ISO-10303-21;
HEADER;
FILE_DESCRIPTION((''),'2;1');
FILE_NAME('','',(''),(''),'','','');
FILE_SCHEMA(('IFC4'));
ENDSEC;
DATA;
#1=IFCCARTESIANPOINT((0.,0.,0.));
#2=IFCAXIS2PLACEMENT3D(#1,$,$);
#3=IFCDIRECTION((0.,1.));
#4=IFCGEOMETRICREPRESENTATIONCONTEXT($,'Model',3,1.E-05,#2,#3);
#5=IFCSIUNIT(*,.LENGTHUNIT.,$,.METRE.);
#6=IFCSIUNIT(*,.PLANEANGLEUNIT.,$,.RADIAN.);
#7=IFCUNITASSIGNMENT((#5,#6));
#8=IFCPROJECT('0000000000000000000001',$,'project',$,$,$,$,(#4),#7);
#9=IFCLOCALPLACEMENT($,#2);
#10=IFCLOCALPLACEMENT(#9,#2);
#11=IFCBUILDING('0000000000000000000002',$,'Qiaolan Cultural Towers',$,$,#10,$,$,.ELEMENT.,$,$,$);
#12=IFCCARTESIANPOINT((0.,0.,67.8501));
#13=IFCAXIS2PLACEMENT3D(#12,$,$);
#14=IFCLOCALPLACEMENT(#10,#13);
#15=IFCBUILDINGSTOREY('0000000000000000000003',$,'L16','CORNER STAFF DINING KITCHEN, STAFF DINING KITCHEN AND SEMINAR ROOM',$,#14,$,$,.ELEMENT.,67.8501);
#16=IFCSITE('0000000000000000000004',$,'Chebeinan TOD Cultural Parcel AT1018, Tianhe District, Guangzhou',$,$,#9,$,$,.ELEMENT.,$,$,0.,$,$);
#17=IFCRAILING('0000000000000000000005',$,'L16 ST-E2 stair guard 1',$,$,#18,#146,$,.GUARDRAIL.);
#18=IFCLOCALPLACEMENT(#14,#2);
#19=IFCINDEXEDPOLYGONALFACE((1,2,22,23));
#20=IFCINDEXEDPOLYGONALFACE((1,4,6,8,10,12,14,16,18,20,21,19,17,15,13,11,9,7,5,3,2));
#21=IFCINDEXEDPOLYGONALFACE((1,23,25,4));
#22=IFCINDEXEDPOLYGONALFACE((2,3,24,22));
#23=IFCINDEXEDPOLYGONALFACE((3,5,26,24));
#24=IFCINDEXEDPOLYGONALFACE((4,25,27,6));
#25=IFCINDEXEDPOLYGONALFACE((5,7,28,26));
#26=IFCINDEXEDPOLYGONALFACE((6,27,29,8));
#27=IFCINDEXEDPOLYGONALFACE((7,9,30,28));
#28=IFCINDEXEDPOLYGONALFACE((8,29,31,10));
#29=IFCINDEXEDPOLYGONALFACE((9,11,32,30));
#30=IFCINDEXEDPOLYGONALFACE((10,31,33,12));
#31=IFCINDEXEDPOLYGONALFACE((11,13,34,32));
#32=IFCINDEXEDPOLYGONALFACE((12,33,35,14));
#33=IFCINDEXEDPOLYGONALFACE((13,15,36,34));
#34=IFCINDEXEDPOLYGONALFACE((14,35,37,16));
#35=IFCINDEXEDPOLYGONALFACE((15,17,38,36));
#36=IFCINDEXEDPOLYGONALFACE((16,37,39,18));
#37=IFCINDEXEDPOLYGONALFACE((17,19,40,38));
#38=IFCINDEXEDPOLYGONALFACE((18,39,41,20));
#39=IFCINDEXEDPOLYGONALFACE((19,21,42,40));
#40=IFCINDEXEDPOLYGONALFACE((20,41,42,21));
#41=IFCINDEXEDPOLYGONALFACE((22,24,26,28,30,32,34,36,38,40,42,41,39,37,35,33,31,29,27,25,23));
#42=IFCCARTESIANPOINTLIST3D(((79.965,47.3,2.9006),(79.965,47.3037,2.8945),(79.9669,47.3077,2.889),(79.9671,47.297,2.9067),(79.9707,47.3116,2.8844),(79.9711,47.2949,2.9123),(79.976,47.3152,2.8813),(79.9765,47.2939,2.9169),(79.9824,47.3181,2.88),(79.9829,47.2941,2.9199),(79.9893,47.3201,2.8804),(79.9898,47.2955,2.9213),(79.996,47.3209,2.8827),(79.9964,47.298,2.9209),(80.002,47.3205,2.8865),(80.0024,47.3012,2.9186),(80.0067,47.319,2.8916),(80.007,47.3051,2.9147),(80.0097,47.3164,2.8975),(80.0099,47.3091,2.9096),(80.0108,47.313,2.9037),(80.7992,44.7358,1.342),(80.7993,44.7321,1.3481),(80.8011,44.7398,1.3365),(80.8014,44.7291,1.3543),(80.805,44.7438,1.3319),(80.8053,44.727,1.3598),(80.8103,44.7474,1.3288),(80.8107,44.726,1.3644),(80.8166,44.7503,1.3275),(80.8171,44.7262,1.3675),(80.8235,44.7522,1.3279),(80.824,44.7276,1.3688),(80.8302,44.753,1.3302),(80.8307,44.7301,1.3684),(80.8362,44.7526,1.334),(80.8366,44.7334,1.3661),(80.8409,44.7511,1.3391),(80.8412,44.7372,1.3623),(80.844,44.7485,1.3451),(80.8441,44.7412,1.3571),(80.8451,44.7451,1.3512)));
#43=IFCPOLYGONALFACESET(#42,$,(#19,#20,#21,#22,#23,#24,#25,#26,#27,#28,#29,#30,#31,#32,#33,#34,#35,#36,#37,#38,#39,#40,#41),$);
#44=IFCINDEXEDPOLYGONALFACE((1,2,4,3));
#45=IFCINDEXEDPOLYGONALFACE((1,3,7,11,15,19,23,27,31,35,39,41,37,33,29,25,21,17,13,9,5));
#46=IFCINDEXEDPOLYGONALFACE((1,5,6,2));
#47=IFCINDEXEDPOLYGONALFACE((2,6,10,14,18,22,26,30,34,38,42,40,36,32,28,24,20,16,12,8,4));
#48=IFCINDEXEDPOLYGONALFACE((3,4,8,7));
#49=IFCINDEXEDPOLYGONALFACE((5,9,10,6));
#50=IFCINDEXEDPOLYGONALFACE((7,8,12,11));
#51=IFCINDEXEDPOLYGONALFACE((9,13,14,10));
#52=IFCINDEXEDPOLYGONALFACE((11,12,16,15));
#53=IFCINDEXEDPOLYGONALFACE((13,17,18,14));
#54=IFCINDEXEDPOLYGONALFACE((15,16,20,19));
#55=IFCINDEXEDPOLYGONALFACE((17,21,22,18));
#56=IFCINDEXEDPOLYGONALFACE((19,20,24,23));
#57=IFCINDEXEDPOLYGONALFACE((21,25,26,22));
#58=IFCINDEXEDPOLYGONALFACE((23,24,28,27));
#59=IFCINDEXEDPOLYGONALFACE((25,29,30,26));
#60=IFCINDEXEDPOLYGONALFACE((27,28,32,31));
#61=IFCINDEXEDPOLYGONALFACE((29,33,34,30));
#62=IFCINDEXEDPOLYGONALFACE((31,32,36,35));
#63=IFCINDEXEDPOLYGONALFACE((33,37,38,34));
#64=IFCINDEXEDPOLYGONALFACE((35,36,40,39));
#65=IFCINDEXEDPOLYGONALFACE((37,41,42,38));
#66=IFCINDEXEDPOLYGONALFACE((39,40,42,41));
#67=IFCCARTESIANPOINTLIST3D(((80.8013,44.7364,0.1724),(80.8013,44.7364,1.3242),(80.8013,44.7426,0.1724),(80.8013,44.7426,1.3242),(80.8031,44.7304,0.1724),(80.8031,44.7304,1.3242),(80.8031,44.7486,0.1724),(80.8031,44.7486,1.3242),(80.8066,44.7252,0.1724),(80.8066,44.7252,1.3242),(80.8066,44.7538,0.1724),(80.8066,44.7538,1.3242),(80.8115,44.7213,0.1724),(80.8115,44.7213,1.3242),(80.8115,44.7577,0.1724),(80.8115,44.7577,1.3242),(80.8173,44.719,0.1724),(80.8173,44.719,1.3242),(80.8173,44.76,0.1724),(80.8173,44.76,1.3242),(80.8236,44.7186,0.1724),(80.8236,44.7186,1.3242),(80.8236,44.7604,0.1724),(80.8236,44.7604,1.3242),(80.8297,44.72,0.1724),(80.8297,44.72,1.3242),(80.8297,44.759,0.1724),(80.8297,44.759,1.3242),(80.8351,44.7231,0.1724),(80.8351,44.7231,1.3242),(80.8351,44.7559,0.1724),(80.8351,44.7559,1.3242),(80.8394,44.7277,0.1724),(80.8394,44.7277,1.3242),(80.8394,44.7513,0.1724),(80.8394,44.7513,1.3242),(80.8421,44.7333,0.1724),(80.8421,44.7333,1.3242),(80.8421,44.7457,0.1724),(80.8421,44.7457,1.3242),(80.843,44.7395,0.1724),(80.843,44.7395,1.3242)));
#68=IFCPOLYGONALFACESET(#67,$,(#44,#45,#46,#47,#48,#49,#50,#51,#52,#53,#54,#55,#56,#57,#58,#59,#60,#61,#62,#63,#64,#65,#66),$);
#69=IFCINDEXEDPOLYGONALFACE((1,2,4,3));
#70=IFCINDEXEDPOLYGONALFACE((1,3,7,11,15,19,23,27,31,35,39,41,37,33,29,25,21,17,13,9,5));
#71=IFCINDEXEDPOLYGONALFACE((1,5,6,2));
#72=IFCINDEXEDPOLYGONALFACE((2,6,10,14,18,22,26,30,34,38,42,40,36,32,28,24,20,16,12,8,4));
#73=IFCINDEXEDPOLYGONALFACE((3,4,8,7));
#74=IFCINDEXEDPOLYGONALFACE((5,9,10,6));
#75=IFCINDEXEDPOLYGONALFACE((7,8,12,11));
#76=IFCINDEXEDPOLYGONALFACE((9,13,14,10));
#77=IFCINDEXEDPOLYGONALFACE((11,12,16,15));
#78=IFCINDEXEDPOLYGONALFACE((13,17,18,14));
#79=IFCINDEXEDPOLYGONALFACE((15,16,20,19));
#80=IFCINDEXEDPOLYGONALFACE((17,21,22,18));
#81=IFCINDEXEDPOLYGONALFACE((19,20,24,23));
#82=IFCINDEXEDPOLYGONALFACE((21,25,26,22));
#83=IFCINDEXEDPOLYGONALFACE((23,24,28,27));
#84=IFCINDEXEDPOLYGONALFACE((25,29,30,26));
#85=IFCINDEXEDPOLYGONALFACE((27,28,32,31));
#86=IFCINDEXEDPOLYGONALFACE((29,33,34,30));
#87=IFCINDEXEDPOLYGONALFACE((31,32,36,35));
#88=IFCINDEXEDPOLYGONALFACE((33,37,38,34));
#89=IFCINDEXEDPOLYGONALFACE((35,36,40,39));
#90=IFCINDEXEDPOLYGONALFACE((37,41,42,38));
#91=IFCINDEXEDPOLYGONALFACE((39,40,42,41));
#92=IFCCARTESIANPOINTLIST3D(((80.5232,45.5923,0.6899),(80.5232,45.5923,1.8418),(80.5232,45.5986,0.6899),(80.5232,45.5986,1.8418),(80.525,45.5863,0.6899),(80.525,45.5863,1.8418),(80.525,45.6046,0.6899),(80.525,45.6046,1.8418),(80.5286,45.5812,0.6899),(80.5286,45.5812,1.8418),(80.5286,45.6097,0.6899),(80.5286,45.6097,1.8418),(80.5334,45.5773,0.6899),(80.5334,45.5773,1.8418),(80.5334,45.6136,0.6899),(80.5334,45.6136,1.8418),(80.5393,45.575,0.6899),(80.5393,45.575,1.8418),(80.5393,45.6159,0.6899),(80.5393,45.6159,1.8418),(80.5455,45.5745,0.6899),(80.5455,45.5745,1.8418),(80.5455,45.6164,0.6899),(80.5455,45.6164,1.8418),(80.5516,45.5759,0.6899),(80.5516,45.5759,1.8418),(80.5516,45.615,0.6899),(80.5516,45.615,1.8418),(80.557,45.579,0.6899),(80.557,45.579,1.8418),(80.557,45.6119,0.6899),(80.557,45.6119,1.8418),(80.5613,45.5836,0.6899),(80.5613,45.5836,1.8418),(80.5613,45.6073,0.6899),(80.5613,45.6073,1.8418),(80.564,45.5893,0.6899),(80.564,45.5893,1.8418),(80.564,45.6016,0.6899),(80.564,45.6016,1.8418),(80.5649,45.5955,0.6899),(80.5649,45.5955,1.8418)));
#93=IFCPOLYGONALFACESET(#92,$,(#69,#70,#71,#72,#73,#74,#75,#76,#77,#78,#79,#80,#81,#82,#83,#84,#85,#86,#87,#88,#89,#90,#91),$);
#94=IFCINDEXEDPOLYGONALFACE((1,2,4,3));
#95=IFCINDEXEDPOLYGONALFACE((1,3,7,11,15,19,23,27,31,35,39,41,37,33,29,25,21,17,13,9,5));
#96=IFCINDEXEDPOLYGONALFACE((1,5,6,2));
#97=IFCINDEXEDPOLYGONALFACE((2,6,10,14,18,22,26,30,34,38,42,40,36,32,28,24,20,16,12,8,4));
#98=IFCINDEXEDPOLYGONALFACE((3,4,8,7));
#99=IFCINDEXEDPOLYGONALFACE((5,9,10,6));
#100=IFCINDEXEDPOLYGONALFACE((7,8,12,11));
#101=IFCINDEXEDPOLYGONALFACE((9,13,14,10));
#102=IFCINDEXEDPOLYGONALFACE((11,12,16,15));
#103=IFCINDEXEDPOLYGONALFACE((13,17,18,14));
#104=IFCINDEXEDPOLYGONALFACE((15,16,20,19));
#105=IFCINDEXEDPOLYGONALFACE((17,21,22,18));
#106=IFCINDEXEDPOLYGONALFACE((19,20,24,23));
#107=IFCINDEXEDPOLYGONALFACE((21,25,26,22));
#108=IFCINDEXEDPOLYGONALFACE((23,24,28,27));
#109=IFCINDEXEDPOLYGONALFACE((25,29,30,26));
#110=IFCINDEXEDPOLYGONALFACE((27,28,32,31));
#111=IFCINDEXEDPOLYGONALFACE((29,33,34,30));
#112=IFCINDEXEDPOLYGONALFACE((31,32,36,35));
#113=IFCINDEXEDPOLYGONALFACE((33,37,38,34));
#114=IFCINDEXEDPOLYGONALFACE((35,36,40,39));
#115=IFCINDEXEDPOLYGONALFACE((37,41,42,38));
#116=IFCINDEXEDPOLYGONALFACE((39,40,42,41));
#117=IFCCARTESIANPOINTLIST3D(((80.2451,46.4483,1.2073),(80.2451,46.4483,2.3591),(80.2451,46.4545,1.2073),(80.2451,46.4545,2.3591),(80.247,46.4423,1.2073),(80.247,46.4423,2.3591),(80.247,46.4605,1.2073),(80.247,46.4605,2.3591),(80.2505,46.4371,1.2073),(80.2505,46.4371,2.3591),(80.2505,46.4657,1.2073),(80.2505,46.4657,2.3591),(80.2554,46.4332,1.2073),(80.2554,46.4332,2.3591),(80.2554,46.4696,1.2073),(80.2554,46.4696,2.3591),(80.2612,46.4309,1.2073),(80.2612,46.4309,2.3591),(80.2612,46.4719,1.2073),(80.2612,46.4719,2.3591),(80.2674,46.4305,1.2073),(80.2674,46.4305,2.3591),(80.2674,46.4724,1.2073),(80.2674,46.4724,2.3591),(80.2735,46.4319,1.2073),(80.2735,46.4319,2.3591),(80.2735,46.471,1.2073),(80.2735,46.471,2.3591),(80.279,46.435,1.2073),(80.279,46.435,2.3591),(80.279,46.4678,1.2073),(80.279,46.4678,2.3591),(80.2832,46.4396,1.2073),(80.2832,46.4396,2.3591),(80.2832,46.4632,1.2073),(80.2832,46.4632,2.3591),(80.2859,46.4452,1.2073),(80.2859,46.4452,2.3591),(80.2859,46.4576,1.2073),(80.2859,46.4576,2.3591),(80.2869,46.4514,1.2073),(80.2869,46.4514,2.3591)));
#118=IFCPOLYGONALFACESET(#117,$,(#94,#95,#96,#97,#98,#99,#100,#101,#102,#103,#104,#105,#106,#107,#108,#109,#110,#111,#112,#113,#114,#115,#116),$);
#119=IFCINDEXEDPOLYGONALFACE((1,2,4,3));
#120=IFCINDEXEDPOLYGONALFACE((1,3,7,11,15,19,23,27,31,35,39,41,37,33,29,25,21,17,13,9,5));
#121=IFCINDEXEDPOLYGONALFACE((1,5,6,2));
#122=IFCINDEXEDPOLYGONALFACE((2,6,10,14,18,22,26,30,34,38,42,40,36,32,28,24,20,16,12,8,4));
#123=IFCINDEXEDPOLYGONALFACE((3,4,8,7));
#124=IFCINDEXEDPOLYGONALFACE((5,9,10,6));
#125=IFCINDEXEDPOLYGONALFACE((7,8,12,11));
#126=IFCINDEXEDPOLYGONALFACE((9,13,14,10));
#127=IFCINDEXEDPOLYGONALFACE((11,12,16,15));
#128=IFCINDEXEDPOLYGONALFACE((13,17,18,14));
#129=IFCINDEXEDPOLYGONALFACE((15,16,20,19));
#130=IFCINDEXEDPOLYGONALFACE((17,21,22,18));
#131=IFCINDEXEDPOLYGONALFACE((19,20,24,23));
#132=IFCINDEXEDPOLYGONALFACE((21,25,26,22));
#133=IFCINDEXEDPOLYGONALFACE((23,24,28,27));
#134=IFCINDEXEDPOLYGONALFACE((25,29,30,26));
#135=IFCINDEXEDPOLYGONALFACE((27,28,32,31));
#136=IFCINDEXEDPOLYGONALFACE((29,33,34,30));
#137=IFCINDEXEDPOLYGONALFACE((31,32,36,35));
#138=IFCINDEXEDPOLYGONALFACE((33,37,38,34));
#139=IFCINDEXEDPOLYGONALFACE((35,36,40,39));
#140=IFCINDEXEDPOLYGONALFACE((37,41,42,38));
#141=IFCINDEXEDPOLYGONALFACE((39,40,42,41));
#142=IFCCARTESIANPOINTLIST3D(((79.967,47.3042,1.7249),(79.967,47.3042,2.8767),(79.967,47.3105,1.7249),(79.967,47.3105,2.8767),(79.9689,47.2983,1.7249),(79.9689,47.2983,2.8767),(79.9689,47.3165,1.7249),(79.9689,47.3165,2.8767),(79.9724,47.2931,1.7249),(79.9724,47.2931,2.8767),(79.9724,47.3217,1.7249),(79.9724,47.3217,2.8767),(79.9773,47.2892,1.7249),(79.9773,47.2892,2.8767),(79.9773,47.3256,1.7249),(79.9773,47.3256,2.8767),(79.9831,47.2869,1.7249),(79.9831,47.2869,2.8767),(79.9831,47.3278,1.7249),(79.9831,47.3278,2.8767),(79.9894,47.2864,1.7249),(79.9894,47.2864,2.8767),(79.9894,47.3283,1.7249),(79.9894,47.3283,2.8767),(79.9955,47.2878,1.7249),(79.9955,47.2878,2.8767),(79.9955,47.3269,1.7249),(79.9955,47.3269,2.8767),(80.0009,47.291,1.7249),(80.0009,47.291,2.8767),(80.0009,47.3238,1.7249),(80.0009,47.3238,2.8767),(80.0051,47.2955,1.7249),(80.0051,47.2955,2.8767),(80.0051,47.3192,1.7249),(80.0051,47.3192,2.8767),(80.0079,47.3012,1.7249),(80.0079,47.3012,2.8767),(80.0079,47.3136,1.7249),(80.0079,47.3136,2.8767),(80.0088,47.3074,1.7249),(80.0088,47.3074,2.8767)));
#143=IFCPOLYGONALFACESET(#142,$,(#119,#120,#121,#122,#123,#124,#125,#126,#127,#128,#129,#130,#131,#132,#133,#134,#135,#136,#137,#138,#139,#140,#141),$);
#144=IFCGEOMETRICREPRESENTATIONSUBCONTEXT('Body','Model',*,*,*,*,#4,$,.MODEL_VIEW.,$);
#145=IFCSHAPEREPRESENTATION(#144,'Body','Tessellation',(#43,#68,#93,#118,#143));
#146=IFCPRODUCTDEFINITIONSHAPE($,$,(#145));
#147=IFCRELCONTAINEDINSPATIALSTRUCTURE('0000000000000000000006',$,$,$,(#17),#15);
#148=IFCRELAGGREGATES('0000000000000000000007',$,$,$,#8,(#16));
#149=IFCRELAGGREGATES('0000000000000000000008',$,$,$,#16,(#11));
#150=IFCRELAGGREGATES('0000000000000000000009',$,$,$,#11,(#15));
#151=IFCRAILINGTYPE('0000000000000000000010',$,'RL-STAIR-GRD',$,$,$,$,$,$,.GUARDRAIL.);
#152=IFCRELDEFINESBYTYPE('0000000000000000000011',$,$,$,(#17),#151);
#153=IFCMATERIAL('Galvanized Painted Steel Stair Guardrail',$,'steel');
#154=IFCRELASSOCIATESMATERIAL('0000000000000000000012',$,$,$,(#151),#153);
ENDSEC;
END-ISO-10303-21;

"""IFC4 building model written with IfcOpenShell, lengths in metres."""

from ifc_helpers import new_model, si_unit, direction, frame, origin, origin_2d, place, context, subcontext, project, spatial, circle, extrude, material, type_object, element, save


model = new_model("IFC4")

# Units and contexts
model_context = context("Model", 3, precision=1e-05, world=origin(), true_north=direction((0.0, 1.0)))
body_context = subcontext(model_context, "Body", "Model", "MODEL_VIEW")
ifc_project = project(units=[si_unit("LENGTHUNIT", "METRE"), si_unit("PLANEANGLEUNIT", "RADIAN")], contexts=[model_context])

# Site, building, storey
site_placement = place(None, origin())
site = spatial("IfcSite", under=ifc_project, at=site_placement, Name="Chebeinan TOD Cultural Parcel AT1018, Tianhe District, Guangzhou", CompositionType="ELEMENT", RefElevation=0.0)
building_placement = place(site_placement, origin())
building = spatial("IfcBuilding", under=site, at=building_placement, Name="Qiaolan Cultural Towers", CompositionType="ELEMENT")
storey_placement = place(building_placement, frame((0.0, 0.0, 67.8501)))
storey = spatial("IfcBuildingStorey", under=building, at=storey_placement, Name="L16", Description="CORNER STAFF DINING KITCHEN, STAFF DINING KITCHEN AND SEMINAR ROOM", CompositionType="ELEMENT", Elevation=67.8501)

# Railing
ifc_material_1 = material(Name="Galvanized Painted Steel Stair Guardrail", Category="steel")
railing_type_1 = type_object("IfcRailingType", Name="RL-STAIR-GRD", PredefinedType="GUARDRAIL", material=ifc_material_1)
railing_1_placement = place(storey_placement, frame((80.822, 44.7395, 0.1724)))
element("IfcRailing", 1, at=railing_1_placement, inside=storey, type_object=railing_type_1, Name="L16 ST-E2 stair guard 1", PredefinedType="GUARDRAIL", context=body_context, shape_type="SweptSolid", body=[
    extrude(circle(Radius=0.0239, at=origin_2d()), frame((0.0, 0.0, 1.1758), z_axis=(-0.267853, 0.824488, 0.498471), x_axis=(-0.95107, -0.308976, 0.0)), (0.0, 0.0, 1.0), 3.1145),
    extrude(circle(Radius=0.021, at=origin_2d()), origin(), (0.0, 0.0, 1.0), 1.1519),
    extrude(circle(Radius=0.021, at=origin_2d()), frame((-0.2781, 0.856, 0.5176)), (0.0, 0.0, 1.0), 1.1519),
    extrude(circle(Radius=0.021, at=origin_2d()), frame((-0.5562, 1.7119, 1.0349)), (0.0, 0.0, 1.0), 1.1519),
    extrude(circle(Radius=0.021, at=origin_2d()), frame((-0.8342, 2.5679, 1.5525)), (0.0, 0.0, 1.0), 1.1519),
])

save(model, "model.ifc")
